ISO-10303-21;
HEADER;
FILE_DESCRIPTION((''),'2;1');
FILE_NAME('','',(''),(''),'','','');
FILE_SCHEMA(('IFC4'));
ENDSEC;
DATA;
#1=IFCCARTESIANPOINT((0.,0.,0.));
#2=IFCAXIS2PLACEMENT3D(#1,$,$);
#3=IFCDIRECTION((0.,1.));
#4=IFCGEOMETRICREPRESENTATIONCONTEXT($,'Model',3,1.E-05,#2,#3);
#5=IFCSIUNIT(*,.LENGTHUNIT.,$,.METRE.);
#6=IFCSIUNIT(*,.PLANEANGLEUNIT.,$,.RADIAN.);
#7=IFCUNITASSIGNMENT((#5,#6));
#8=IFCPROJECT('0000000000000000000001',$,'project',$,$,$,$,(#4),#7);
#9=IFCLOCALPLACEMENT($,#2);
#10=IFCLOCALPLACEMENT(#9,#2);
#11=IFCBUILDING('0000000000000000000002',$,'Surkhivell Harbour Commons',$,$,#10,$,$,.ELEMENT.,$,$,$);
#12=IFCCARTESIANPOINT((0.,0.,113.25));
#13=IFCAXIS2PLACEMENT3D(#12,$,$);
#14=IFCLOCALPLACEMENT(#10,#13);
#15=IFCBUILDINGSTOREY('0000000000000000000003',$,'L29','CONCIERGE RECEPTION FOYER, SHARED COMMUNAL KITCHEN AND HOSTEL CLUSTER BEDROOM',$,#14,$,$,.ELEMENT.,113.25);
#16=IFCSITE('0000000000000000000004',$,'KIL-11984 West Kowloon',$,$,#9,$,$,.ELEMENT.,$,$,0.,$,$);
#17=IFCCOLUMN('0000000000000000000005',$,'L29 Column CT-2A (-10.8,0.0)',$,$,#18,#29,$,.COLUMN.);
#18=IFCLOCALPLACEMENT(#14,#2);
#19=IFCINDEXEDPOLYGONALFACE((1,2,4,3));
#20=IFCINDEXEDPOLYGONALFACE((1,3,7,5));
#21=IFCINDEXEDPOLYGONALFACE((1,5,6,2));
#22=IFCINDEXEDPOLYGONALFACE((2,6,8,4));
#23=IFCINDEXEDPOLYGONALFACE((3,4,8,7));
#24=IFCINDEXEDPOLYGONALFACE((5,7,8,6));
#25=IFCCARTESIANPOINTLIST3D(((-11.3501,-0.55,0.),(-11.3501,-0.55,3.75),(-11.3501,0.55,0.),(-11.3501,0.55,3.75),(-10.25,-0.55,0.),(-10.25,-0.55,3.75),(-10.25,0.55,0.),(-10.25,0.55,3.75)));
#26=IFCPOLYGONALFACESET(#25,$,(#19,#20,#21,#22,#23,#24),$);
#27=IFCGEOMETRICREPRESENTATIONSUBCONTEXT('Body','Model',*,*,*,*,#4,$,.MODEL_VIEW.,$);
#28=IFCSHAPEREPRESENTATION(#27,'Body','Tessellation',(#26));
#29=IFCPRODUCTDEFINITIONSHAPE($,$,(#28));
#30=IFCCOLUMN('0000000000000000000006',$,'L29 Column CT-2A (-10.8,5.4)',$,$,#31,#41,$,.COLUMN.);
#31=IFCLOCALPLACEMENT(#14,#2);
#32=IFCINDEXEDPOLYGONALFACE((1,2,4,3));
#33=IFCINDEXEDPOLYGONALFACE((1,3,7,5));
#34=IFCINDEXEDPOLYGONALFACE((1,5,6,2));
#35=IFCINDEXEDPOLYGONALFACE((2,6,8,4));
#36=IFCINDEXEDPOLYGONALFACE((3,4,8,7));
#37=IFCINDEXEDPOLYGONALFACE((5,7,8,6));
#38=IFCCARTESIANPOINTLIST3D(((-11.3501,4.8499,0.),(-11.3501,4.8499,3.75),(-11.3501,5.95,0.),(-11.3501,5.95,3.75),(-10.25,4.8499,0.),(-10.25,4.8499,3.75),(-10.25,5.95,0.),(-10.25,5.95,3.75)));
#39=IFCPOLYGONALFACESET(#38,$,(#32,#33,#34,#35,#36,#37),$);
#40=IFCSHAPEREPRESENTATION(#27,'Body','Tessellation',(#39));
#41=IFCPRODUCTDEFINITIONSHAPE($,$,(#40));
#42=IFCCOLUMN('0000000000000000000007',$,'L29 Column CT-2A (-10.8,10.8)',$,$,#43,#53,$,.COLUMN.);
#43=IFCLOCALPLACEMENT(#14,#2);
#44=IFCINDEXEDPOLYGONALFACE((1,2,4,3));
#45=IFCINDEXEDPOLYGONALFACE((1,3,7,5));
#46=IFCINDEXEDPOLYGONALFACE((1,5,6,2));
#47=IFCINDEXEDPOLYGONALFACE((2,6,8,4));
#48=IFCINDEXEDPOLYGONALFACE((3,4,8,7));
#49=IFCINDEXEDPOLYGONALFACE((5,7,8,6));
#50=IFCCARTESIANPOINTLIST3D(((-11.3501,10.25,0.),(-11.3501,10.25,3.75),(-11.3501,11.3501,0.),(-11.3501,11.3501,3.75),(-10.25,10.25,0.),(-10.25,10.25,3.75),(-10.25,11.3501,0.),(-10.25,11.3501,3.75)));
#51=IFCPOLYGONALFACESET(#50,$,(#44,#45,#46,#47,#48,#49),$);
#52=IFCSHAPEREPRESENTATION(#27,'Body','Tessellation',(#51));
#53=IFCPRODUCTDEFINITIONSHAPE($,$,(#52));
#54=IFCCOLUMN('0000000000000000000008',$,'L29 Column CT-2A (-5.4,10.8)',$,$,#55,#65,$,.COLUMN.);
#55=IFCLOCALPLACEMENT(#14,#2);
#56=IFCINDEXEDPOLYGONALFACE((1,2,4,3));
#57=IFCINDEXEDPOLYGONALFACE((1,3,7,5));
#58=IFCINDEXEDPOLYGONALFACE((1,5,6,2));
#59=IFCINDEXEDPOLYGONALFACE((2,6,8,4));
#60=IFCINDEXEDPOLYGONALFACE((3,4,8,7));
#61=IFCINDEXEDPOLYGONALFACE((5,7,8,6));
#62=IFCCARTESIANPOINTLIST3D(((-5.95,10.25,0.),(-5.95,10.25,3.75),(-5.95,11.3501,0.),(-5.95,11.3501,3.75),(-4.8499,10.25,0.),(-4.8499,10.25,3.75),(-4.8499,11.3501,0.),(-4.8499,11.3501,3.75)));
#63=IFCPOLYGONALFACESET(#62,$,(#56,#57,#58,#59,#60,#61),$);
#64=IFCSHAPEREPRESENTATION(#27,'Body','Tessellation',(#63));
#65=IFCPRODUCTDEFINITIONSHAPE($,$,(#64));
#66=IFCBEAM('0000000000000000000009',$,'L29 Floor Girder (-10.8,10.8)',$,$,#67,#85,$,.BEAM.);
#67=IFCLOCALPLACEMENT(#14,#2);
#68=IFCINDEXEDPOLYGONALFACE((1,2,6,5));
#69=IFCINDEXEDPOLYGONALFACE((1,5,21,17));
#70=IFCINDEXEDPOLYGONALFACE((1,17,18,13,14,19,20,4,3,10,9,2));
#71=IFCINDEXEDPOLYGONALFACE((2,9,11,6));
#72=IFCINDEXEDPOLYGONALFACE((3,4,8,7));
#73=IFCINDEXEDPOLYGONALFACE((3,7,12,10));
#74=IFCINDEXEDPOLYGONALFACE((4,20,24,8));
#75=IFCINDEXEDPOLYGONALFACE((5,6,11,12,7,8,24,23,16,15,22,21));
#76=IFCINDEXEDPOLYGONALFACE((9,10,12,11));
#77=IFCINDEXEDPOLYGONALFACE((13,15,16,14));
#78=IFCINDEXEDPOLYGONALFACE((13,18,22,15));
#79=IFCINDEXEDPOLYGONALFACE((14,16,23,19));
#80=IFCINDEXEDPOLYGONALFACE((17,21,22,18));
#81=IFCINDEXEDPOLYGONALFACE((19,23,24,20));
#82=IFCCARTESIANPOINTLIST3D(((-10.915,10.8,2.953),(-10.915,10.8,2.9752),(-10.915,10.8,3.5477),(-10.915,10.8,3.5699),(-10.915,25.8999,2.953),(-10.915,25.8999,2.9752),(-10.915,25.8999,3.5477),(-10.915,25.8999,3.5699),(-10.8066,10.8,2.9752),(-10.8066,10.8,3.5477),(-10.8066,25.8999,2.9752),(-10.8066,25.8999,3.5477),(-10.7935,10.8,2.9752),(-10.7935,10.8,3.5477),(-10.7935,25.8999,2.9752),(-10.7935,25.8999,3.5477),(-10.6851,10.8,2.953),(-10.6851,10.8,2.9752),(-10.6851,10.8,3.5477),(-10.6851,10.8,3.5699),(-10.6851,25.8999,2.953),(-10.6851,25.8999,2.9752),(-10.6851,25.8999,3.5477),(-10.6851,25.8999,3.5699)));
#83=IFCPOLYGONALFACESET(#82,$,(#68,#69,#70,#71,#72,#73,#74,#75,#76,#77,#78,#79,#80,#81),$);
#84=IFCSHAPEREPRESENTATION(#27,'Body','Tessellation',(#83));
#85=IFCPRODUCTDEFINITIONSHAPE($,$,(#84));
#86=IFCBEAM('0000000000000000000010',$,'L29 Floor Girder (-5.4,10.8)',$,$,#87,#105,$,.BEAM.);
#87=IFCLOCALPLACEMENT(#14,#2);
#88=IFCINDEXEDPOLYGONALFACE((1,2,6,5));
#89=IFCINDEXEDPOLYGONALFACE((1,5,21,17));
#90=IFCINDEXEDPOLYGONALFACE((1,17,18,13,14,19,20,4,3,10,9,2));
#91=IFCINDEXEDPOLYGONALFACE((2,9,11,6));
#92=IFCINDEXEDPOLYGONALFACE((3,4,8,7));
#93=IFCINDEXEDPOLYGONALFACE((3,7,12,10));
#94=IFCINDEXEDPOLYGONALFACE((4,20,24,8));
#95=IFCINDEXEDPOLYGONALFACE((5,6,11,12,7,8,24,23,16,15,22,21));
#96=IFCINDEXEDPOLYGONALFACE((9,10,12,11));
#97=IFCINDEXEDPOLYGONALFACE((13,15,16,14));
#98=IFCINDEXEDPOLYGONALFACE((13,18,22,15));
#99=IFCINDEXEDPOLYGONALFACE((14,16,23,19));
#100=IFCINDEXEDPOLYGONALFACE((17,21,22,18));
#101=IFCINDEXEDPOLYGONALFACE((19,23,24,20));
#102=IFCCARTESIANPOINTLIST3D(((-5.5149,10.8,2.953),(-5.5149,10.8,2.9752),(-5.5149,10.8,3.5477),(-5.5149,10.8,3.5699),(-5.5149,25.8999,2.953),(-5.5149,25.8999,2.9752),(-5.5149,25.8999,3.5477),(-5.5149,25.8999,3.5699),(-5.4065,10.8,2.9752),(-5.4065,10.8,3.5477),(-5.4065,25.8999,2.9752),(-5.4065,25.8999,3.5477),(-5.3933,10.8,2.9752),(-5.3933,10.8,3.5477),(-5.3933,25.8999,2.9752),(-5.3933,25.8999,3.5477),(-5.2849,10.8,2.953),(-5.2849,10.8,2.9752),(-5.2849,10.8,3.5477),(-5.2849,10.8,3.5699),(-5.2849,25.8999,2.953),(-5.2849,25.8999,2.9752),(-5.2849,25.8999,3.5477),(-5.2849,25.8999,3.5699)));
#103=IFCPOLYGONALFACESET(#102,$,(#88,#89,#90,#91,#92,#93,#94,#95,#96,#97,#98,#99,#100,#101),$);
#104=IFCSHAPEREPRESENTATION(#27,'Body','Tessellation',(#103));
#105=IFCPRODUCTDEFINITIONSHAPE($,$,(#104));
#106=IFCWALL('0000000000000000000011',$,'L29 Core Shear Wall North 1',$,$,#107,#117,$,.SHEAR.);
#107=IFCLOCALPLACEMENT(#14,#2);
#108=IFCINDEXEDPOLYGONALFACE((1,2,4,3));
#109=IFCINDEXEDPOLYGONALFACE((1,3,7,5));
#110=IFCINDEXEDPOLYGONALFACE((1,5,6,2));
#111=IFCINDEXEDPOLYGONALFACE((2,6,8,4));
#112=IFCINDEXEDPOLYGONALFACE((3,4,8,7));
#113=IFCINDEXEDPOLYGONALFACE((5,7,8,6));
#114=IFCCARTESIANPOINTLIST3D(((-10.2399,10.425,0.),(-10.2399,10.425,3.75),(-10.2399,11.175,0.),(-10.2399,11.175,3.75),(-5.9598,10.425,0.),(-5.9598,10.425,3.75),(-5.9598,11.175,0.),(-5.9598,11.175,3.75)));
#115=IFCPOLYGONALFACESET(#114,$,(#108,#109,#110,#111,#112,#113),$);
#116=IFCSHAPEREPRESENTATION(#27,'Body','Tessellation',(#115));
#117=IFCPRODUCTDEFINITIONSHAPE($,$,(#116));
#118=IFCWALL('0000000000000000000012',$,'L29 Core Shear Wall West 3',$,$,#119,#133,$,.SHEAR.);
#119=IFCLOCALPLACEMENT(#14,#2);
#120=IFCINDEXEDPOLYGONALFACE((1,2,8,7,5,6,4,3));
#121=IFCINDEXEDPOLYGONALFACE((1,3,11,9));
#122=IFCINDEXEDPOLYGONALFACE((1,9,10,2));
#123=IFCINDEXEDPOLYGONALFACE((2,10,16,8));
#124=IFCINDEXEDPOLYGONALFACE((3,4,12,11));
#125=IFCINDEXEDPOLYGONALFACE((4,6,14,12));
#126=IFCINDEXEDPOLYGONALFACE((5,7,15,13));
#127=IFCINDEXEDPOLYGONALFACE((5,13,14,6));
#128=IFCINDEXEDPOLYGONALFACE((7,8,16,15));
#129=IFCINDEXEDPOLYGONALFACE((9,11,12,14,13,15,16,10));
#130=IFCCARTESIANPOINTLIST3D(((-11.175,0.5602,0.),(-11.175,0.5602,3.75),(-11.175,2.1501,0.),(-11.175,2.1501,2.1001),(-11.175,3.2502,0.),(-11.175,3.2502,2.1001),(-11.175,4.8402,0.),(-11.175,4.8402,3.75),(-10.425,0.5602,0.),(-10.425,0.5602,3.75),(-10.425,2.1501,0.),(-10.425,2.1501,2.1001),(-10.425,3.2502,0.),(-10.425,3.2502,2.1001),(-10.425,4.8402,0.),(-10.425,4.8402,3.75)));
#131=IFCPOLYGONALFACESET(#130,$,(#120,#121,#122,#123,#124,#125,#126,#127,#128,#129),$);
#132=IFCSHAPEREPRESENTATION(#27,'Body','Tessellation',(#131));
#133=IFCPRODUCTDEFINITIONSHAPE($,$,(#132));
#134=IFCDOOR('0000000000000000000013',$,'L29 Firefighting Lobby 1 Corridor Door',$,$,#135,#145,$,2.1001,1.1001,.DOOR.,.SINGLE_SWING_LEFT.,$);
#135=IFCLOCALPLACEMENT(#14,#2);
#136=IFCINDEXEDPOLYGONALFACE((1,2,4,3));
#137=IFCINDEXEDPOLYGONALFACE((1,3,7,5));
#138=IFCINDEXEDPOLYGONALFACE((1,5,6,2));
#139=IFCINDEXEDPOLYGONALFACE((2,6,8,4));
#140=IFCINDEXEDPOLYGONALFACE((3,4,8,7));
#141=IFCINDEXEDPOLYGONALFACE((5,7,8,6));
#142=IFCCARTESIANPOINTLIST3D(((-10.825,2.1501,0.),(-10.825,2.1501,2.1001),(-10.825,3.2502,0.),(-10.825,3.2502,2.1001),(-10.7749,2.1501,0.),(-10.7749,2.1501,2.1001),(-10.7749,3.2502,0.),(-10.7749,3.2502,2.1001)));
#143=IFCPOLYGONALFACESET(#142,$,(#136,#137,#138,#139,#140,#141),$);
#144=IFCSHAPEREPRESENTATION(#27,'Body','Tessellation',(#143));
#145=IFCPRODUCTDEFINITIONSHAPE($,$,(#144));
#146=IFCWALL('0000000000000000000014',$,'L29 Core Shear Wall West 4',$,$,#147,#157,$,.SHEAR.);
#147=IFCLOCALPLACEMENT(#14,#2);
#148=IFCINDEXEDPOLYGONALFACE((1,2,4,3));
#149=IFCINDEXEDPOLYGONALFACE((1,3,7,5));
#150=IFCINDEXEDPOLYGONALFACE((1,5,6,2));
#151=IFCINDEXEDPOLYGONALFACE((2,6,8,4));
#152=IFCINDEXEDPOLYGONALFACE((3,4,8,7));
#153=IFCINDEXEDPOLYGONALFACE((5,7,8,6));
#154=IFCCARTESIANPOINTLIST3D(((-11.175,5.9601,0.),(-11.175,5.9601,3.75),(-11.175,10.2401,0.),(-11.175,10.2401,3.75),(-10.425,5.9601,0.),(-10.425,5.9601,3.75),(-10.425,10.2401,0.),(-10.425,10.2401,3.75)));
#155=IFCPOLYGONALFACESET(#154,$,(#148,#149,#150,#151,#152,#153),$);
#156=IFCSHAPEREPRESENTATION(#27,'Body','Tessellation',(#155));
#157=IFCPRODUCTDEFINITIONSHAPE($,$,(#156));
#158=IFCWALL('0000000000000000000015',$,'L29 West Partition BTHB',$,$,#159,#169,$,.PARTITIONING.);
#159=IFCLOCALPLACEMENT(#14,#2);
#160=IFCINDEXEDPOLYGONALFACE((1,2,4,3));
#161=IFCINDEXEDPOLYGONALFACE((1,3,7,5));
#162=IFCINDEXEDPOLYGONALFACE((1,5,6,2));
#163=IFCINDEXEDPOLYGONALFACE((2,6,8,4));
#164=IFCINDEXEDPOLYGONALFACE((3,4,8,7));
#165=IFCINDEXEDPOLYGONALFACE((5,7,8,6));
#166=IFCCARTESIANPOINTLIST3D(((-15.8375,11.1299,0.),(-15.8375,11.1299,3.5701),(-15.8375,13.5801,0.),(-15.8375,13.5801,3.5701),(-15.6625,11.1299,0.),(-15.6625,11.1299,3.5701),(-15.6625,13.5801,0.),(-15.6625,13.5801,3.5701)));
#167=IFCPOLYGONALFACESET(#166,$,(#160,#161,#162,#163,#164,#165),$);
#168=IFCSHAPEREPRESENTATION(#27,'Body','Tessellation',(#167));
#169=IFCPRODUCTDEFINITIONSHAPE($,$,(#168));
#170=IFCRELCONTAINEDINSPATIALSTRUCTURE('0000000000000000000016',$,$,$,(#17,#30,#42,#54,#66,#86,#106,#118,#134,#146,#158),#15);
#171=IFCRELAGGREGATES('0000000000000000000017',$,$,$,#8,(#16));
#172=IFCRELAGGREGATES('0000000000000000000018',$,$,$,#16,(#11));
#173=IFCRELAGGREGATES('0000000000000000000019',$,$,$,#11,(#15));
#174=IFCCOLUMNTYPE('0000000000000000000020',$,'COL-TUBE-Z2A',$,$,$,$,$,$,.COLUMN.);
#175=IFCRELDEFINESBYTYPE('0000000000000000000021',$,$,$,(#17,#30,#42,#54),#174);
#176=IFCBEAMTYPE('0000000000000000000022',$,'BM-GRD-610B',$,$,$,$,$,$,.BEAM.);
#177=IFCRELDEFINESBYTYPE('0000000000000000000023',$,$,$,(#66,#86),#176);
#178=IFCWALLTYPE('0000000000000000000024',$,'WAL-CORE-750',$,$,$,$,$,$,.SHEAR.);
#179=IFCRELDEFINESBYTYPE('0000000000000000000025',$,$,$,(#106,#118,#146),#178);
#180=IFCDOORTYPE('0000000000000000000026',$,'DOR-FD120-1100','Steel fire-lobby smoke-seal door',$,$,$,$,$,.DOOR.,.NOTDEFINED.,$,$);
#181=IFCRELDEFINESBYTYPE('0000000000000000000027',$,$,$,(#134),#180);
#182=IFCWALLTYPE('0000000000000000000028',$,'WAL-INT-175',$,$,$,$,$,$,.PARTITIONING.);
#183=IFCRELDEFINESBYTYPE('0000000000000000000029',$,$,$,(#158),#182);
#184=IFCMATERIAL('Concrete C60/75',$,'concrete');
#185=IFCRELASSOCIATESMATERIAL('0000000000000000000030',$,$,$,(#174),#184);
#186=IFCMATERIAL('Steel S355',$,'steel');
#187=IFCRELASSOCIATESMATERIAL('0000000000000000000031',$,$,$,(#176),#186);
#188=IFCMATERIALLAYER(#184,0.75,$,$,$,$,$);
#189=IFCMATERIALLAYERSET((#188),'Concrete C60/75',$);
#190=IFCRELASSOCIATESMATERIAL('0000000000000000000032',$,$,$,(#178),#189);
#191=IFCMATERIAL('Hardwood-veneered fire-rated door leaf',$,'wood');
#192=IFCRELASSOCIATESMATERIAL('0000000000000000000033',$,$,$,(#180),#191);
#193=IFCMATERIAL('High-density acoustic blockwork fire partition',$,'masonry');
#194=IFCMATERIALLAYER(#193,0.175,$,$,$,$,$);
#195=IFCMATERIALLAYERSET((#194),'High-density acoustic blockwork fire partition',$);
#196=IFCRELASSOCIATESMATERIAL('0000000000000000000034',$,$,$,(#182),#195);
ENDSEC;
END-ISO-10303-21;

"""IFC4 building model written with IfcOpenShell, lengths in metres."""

from ifc_helpers import new_model, si_unit, direction, frame, frame_2d, origin, origin_2d, place, context, subcontext, project, spatial, rectangle, i_section, extrude, material, layer, layer_set, material_profile, profile_set, type_object, element, fill, save


model = new_model("IFC4")

# Units and contexts
model_context = context("Model", 3, precision=1e-05, world=origin(), true_north=direction((0.0, 1.0)))
body_context = subcontext(model_context, "Body", "Model", "MODEL_VIEW")
ifc_project = project(units=[si_unit("LENGTHUNIT", "METRE"), si_unit("PLANEANGLEUNIT", "RADIAN")], contexts=[model_context])

# Site, building, storey
site_placement = place(None, origin())
site = spatial("IfcSite", under=ifc_project, at=site_placement, Name="KIL-11984 West Kowloon", CompositionType="ELEMENT", RefElevation=0.0)
building_placement = place(site_placement, origin())
building = spatial("IfcBuilding", under=site, at=building_placement, Name="Surkhivell Harbour Commons", CompositionType="ELEMENT")
storey_placement = place(building_placement, frame((0.0, 0.0, 113.25)))
storey = spatial("IfcBuildingStorey", under=building, at=storey_placement, Name="L29", Description="CONCIERGE RECEPTION FOYER, SHARED COMMUNAL KITCHEN AND HOSTEL CLUSTER BEDROOM", CompositionType="ELEMENT", Elevation=113.25)

# Columns
ifc_material_1 = material(Name="Concrete C60/75", Category="concrete")
ifc_material_profile_1 = material_profile(ifc_material_1, rectangle(XDim=1.1001, YDim=1.1001, at=origin_2d()), Name="RC-COL-1100x1100")
ifc_profile_set_1 = profile_set([ifc_material_profile_1], Name="Concrete C60/75")
column_type = type_object("IfcColumnType", Name="COL-TUBE-Z2A", PredefinedType="COLUMN", material=ifc_profile_set_1)
for number, where, z_axis, x_axis, name in (
    (1, (-10.8, 0.0, 0.0), (0.0, 0.0, 1.0), (1.0, 0.0, 0.0), "L29 Column CT-2A (-10.8,0.0)"),
    (2, (-10.8, 5.3999, 0.0), (0.0, 0.0, 1.0), (1.0, 0.0, 0.0), "L29 Column CT-2A (-10.8,5.4)"),
    (3, (-10.8, 10.8, 0.0), (0.0, 0.0, 1.0), (1.0, 0.0, 0.0), "L29 Column CT-2A (-10.8,10.8)"),
    (4, (-5.3999, 10.8, 0.0), (0.0, 0.0, 1.0), (1.0, 0.0, 0.0), "L29 Column CT-2A (-5.4,10.8)"),
):
    element("IfcColumn", number, at=place(storey_placement, frame(where, z_axis=z_axis, x_axis=x_axis)), inside=storey, type_object=column_type, Name=name, PredefinedType="COLUMN", context=body_context, shape_type="SweptSolid", body=[
        extrude(rectangle(XDim=1.1001, YDim=1.1001, at=origin_2d()), origin(), (0.0, 0.0, 1.0), 3.75),
    ])

# Beams
ifc_material_2 = material(Name="Steel S355", Category="steel")
ifc_material_profile_2 = material_profile(ifc_material_2, i_section(OverallWidth=0.23, OverallDepth=0.6169, WebThickness=0.0132, FlangeThickness=0.0222, at=origin_2d()), Name="UB610x229x140")
ifc_profile_set_2 = profile_set([ifc_material_profile_2], Name="Steel S355")
beam_type = type_object("IfcBeamType", Name="BM-GRD-610B", PredefinedType="BEAM", material=ifc_profile_set_2)
for number, where, z_axis, x_axis, name in (
    (5, (-10.8, 10.8, 3.2615), (0.0, 1.0, 0.0), (-1.0, 0.0, 0.0), "L29 Floor Girder (-10.8,10.8)"),
    (6, (-5.3999, 10.8, 3.2615), (0.0, 1.0, 0.0), (-1.0, 0.0, 0.0), "L29 Floor Girder (-5.4,10.8)"),
):
    element("IfcBeam", number, at=place(storey_placement, frame(where, z_axis=z_axis, x_axis=x_axis)), inside=storey, type_object=beam_type, Name=name, PredefinedType="BEAM", context=body_context, shape_type="SweptSolid", body=[
        extrude(i_section(OverallWidth=0.23, OverallDepth=0.6169, WebThickness=0.0132, FlangeThickness=0.0222, at=origin_2d()), origin(), (0.0, 0.0, 1.0), 15.0999),
    ])

# Wall
ifc_layer_1 = layer(ifc_material_1, 0.75)
ifc_layer_set_1 = layer_set([ifc_layer_1], Name="Concrete C60/75")
wall_type_1 = type_object("IfcWallType", Name="WAL-CORE-750", PredefinedType="SHEAR", material=ifc_layer_set_1)
wall_1_placement = place(storey_placement, frame((-10.24, 10.8, 0.0), z_axis=(0.0, 0.0, 1.0), x_axis=(1.0, 0.0, 0.0)))
element("IfcWall", 7, at=wall_1_placement, inside=storey, type_object=wall_type_1, Name="L29 Core Shear Wall North 1", PredefinedType="SHEAR", context=body_context, shape_type="SweptSolid", body=[
    extrude(rectangle(XDim=4.28, YDim=0.75, at=frame_2d((2.1401, 0.0))), origin(), (0.0, 0.0, 1.0), 3.75),
])

# Wall, opening, door
wall_2_placement = place(storey_placement, frame((-10.8, 0.5601, 0.0), z_axis=(0.0, 0.0, 1.0), x_axis=(0.0, 1.0, 0.0)))
wall_2 = element("IfcWall", 8, at=wall_2_placement, inside=storey, type_object=wall_type_1, Name="L29 Core Shear Wall West 3", PredefinedType="SHEAR", context=body_context, shape_type="SweptSolid", body=[
    extrude(rectangle(XDim=4.28, YDim=0.75, at=frame_2d((2.1401, 0.0))), origin(), (0.0, 0.0, 1.0), 3.75),
])
opening_1_placement = place(wall_2_placement, frame((1.5901, 0.0, 0.0)))
opening_1 = element("IfcOpeningElement", 9, at=opening_1_placement, cuts=wall_2, PredefinedType="OPENING", context=body_context, shape_type="SweptSolid", body=[
    extrude(rectangle(XDim=1.1001, YDim=2.1001, at=frame_2d((0.55, 1.05))), frame((0.0, 0.385, 0.0), z_axis=(0.0, -1.0, 0.0), x_axis=(1.0, 0.0, 0.0)), (0.0, 0.0, 1.0), 0.77),
])
ifc_material_3 = material(Name="Hardwood-veneered fire-rated door leaf", Category="wood")
door_type_1 = type_object("IfcDoorType", Name="DOR-FD120-1100", Description="Steel fire-lobby smoke-seal door", OperationType="NOTDEFINED", PredefinedType="DOOR", material=ifc_material_3)
door_1_placement = place(opening_1_placement, origin())
door_1 = element("IfcDoor", 10, at=door_1_placement, inside=storey, type_object=door_type_1, Name="L29 Firefighting Lobby 1 Corridor Door", OperationType="SINGLE_SWING_LEFT", OverallHeight=2.1001, OverallWidth=1.1001, PredefinedType="DOOR", context=body_context, shape_type="SweptSolid", body=[
    extrude(rectangle(XDim=1.1001, YDim=2.1001, at=frame_2d((0.55, 1.05))), frame((0.0, 0.0249, 0.0), z_axis=(0.0, -1.0, 0.0), x_axis=(1.0, 0.0, 0.0)), (0.0, 0.0, 1.0), 0.05),
])
fill(opening_1, door_1)

# Walls
wall_3_placement = place(storey_placement, frame((-10.8, 5.96, 0.0), z_axis=(0.0, 0.0, 1.0), x_axis=(0.0, 1.0, 0.0)))
element("IfcWall", 11, at=wall_3_placement, inside=storey, type_object=wall_type_1, Name="L29 Core Shear Wall West 4", PredefinedType="SHEAR", context=body_context, shape_type="SweptSolid", body=[
    extrude(rectangle(XDim=4.28, YDim=0.75, at=frame_2d((2.1401, 0.0))), origin(), (0.0, 0.0, 1.0), 3.75),
])
ifc_material_4 = material(Name="High-density acoustic blockwork fire partition", Category="masonry")
ifc_layer_2 = layer(ifc_material_4, 0.175)
ifc_layer_set_2 = layer_set([ifc_layer_2], Name="High-density acoustic blockwork fire partition")
wall_type_2 = type_object("IfcWallType", Name="WAL-INT-175", PredefinedType="PARTITIONING", material=ifc_layer_set_2)
wall_4_placement = place(storey_placement, frame((-15.75, 11.1299, 0.0), z_axis=(0.0, 0.0, 1.0), x_axis=(0.0, 1.0, 0.0)))
element("IfcWall", 12, at=wall_4_placement, inside=storey, type_object=wall_type_2, Name="L29 West Partition BTHB", PredefinedType="PARTITIONING", context=body_context, shape_type="SweptSolid", body=[
    extrude(rectangle(XDim=2.4502, YDim=0.175, at=frame_2d((1.2251, 0.0))), origin(), (0.0, 0.0, 1.0), 3.5701),
])

save(model, "model.ifc")
